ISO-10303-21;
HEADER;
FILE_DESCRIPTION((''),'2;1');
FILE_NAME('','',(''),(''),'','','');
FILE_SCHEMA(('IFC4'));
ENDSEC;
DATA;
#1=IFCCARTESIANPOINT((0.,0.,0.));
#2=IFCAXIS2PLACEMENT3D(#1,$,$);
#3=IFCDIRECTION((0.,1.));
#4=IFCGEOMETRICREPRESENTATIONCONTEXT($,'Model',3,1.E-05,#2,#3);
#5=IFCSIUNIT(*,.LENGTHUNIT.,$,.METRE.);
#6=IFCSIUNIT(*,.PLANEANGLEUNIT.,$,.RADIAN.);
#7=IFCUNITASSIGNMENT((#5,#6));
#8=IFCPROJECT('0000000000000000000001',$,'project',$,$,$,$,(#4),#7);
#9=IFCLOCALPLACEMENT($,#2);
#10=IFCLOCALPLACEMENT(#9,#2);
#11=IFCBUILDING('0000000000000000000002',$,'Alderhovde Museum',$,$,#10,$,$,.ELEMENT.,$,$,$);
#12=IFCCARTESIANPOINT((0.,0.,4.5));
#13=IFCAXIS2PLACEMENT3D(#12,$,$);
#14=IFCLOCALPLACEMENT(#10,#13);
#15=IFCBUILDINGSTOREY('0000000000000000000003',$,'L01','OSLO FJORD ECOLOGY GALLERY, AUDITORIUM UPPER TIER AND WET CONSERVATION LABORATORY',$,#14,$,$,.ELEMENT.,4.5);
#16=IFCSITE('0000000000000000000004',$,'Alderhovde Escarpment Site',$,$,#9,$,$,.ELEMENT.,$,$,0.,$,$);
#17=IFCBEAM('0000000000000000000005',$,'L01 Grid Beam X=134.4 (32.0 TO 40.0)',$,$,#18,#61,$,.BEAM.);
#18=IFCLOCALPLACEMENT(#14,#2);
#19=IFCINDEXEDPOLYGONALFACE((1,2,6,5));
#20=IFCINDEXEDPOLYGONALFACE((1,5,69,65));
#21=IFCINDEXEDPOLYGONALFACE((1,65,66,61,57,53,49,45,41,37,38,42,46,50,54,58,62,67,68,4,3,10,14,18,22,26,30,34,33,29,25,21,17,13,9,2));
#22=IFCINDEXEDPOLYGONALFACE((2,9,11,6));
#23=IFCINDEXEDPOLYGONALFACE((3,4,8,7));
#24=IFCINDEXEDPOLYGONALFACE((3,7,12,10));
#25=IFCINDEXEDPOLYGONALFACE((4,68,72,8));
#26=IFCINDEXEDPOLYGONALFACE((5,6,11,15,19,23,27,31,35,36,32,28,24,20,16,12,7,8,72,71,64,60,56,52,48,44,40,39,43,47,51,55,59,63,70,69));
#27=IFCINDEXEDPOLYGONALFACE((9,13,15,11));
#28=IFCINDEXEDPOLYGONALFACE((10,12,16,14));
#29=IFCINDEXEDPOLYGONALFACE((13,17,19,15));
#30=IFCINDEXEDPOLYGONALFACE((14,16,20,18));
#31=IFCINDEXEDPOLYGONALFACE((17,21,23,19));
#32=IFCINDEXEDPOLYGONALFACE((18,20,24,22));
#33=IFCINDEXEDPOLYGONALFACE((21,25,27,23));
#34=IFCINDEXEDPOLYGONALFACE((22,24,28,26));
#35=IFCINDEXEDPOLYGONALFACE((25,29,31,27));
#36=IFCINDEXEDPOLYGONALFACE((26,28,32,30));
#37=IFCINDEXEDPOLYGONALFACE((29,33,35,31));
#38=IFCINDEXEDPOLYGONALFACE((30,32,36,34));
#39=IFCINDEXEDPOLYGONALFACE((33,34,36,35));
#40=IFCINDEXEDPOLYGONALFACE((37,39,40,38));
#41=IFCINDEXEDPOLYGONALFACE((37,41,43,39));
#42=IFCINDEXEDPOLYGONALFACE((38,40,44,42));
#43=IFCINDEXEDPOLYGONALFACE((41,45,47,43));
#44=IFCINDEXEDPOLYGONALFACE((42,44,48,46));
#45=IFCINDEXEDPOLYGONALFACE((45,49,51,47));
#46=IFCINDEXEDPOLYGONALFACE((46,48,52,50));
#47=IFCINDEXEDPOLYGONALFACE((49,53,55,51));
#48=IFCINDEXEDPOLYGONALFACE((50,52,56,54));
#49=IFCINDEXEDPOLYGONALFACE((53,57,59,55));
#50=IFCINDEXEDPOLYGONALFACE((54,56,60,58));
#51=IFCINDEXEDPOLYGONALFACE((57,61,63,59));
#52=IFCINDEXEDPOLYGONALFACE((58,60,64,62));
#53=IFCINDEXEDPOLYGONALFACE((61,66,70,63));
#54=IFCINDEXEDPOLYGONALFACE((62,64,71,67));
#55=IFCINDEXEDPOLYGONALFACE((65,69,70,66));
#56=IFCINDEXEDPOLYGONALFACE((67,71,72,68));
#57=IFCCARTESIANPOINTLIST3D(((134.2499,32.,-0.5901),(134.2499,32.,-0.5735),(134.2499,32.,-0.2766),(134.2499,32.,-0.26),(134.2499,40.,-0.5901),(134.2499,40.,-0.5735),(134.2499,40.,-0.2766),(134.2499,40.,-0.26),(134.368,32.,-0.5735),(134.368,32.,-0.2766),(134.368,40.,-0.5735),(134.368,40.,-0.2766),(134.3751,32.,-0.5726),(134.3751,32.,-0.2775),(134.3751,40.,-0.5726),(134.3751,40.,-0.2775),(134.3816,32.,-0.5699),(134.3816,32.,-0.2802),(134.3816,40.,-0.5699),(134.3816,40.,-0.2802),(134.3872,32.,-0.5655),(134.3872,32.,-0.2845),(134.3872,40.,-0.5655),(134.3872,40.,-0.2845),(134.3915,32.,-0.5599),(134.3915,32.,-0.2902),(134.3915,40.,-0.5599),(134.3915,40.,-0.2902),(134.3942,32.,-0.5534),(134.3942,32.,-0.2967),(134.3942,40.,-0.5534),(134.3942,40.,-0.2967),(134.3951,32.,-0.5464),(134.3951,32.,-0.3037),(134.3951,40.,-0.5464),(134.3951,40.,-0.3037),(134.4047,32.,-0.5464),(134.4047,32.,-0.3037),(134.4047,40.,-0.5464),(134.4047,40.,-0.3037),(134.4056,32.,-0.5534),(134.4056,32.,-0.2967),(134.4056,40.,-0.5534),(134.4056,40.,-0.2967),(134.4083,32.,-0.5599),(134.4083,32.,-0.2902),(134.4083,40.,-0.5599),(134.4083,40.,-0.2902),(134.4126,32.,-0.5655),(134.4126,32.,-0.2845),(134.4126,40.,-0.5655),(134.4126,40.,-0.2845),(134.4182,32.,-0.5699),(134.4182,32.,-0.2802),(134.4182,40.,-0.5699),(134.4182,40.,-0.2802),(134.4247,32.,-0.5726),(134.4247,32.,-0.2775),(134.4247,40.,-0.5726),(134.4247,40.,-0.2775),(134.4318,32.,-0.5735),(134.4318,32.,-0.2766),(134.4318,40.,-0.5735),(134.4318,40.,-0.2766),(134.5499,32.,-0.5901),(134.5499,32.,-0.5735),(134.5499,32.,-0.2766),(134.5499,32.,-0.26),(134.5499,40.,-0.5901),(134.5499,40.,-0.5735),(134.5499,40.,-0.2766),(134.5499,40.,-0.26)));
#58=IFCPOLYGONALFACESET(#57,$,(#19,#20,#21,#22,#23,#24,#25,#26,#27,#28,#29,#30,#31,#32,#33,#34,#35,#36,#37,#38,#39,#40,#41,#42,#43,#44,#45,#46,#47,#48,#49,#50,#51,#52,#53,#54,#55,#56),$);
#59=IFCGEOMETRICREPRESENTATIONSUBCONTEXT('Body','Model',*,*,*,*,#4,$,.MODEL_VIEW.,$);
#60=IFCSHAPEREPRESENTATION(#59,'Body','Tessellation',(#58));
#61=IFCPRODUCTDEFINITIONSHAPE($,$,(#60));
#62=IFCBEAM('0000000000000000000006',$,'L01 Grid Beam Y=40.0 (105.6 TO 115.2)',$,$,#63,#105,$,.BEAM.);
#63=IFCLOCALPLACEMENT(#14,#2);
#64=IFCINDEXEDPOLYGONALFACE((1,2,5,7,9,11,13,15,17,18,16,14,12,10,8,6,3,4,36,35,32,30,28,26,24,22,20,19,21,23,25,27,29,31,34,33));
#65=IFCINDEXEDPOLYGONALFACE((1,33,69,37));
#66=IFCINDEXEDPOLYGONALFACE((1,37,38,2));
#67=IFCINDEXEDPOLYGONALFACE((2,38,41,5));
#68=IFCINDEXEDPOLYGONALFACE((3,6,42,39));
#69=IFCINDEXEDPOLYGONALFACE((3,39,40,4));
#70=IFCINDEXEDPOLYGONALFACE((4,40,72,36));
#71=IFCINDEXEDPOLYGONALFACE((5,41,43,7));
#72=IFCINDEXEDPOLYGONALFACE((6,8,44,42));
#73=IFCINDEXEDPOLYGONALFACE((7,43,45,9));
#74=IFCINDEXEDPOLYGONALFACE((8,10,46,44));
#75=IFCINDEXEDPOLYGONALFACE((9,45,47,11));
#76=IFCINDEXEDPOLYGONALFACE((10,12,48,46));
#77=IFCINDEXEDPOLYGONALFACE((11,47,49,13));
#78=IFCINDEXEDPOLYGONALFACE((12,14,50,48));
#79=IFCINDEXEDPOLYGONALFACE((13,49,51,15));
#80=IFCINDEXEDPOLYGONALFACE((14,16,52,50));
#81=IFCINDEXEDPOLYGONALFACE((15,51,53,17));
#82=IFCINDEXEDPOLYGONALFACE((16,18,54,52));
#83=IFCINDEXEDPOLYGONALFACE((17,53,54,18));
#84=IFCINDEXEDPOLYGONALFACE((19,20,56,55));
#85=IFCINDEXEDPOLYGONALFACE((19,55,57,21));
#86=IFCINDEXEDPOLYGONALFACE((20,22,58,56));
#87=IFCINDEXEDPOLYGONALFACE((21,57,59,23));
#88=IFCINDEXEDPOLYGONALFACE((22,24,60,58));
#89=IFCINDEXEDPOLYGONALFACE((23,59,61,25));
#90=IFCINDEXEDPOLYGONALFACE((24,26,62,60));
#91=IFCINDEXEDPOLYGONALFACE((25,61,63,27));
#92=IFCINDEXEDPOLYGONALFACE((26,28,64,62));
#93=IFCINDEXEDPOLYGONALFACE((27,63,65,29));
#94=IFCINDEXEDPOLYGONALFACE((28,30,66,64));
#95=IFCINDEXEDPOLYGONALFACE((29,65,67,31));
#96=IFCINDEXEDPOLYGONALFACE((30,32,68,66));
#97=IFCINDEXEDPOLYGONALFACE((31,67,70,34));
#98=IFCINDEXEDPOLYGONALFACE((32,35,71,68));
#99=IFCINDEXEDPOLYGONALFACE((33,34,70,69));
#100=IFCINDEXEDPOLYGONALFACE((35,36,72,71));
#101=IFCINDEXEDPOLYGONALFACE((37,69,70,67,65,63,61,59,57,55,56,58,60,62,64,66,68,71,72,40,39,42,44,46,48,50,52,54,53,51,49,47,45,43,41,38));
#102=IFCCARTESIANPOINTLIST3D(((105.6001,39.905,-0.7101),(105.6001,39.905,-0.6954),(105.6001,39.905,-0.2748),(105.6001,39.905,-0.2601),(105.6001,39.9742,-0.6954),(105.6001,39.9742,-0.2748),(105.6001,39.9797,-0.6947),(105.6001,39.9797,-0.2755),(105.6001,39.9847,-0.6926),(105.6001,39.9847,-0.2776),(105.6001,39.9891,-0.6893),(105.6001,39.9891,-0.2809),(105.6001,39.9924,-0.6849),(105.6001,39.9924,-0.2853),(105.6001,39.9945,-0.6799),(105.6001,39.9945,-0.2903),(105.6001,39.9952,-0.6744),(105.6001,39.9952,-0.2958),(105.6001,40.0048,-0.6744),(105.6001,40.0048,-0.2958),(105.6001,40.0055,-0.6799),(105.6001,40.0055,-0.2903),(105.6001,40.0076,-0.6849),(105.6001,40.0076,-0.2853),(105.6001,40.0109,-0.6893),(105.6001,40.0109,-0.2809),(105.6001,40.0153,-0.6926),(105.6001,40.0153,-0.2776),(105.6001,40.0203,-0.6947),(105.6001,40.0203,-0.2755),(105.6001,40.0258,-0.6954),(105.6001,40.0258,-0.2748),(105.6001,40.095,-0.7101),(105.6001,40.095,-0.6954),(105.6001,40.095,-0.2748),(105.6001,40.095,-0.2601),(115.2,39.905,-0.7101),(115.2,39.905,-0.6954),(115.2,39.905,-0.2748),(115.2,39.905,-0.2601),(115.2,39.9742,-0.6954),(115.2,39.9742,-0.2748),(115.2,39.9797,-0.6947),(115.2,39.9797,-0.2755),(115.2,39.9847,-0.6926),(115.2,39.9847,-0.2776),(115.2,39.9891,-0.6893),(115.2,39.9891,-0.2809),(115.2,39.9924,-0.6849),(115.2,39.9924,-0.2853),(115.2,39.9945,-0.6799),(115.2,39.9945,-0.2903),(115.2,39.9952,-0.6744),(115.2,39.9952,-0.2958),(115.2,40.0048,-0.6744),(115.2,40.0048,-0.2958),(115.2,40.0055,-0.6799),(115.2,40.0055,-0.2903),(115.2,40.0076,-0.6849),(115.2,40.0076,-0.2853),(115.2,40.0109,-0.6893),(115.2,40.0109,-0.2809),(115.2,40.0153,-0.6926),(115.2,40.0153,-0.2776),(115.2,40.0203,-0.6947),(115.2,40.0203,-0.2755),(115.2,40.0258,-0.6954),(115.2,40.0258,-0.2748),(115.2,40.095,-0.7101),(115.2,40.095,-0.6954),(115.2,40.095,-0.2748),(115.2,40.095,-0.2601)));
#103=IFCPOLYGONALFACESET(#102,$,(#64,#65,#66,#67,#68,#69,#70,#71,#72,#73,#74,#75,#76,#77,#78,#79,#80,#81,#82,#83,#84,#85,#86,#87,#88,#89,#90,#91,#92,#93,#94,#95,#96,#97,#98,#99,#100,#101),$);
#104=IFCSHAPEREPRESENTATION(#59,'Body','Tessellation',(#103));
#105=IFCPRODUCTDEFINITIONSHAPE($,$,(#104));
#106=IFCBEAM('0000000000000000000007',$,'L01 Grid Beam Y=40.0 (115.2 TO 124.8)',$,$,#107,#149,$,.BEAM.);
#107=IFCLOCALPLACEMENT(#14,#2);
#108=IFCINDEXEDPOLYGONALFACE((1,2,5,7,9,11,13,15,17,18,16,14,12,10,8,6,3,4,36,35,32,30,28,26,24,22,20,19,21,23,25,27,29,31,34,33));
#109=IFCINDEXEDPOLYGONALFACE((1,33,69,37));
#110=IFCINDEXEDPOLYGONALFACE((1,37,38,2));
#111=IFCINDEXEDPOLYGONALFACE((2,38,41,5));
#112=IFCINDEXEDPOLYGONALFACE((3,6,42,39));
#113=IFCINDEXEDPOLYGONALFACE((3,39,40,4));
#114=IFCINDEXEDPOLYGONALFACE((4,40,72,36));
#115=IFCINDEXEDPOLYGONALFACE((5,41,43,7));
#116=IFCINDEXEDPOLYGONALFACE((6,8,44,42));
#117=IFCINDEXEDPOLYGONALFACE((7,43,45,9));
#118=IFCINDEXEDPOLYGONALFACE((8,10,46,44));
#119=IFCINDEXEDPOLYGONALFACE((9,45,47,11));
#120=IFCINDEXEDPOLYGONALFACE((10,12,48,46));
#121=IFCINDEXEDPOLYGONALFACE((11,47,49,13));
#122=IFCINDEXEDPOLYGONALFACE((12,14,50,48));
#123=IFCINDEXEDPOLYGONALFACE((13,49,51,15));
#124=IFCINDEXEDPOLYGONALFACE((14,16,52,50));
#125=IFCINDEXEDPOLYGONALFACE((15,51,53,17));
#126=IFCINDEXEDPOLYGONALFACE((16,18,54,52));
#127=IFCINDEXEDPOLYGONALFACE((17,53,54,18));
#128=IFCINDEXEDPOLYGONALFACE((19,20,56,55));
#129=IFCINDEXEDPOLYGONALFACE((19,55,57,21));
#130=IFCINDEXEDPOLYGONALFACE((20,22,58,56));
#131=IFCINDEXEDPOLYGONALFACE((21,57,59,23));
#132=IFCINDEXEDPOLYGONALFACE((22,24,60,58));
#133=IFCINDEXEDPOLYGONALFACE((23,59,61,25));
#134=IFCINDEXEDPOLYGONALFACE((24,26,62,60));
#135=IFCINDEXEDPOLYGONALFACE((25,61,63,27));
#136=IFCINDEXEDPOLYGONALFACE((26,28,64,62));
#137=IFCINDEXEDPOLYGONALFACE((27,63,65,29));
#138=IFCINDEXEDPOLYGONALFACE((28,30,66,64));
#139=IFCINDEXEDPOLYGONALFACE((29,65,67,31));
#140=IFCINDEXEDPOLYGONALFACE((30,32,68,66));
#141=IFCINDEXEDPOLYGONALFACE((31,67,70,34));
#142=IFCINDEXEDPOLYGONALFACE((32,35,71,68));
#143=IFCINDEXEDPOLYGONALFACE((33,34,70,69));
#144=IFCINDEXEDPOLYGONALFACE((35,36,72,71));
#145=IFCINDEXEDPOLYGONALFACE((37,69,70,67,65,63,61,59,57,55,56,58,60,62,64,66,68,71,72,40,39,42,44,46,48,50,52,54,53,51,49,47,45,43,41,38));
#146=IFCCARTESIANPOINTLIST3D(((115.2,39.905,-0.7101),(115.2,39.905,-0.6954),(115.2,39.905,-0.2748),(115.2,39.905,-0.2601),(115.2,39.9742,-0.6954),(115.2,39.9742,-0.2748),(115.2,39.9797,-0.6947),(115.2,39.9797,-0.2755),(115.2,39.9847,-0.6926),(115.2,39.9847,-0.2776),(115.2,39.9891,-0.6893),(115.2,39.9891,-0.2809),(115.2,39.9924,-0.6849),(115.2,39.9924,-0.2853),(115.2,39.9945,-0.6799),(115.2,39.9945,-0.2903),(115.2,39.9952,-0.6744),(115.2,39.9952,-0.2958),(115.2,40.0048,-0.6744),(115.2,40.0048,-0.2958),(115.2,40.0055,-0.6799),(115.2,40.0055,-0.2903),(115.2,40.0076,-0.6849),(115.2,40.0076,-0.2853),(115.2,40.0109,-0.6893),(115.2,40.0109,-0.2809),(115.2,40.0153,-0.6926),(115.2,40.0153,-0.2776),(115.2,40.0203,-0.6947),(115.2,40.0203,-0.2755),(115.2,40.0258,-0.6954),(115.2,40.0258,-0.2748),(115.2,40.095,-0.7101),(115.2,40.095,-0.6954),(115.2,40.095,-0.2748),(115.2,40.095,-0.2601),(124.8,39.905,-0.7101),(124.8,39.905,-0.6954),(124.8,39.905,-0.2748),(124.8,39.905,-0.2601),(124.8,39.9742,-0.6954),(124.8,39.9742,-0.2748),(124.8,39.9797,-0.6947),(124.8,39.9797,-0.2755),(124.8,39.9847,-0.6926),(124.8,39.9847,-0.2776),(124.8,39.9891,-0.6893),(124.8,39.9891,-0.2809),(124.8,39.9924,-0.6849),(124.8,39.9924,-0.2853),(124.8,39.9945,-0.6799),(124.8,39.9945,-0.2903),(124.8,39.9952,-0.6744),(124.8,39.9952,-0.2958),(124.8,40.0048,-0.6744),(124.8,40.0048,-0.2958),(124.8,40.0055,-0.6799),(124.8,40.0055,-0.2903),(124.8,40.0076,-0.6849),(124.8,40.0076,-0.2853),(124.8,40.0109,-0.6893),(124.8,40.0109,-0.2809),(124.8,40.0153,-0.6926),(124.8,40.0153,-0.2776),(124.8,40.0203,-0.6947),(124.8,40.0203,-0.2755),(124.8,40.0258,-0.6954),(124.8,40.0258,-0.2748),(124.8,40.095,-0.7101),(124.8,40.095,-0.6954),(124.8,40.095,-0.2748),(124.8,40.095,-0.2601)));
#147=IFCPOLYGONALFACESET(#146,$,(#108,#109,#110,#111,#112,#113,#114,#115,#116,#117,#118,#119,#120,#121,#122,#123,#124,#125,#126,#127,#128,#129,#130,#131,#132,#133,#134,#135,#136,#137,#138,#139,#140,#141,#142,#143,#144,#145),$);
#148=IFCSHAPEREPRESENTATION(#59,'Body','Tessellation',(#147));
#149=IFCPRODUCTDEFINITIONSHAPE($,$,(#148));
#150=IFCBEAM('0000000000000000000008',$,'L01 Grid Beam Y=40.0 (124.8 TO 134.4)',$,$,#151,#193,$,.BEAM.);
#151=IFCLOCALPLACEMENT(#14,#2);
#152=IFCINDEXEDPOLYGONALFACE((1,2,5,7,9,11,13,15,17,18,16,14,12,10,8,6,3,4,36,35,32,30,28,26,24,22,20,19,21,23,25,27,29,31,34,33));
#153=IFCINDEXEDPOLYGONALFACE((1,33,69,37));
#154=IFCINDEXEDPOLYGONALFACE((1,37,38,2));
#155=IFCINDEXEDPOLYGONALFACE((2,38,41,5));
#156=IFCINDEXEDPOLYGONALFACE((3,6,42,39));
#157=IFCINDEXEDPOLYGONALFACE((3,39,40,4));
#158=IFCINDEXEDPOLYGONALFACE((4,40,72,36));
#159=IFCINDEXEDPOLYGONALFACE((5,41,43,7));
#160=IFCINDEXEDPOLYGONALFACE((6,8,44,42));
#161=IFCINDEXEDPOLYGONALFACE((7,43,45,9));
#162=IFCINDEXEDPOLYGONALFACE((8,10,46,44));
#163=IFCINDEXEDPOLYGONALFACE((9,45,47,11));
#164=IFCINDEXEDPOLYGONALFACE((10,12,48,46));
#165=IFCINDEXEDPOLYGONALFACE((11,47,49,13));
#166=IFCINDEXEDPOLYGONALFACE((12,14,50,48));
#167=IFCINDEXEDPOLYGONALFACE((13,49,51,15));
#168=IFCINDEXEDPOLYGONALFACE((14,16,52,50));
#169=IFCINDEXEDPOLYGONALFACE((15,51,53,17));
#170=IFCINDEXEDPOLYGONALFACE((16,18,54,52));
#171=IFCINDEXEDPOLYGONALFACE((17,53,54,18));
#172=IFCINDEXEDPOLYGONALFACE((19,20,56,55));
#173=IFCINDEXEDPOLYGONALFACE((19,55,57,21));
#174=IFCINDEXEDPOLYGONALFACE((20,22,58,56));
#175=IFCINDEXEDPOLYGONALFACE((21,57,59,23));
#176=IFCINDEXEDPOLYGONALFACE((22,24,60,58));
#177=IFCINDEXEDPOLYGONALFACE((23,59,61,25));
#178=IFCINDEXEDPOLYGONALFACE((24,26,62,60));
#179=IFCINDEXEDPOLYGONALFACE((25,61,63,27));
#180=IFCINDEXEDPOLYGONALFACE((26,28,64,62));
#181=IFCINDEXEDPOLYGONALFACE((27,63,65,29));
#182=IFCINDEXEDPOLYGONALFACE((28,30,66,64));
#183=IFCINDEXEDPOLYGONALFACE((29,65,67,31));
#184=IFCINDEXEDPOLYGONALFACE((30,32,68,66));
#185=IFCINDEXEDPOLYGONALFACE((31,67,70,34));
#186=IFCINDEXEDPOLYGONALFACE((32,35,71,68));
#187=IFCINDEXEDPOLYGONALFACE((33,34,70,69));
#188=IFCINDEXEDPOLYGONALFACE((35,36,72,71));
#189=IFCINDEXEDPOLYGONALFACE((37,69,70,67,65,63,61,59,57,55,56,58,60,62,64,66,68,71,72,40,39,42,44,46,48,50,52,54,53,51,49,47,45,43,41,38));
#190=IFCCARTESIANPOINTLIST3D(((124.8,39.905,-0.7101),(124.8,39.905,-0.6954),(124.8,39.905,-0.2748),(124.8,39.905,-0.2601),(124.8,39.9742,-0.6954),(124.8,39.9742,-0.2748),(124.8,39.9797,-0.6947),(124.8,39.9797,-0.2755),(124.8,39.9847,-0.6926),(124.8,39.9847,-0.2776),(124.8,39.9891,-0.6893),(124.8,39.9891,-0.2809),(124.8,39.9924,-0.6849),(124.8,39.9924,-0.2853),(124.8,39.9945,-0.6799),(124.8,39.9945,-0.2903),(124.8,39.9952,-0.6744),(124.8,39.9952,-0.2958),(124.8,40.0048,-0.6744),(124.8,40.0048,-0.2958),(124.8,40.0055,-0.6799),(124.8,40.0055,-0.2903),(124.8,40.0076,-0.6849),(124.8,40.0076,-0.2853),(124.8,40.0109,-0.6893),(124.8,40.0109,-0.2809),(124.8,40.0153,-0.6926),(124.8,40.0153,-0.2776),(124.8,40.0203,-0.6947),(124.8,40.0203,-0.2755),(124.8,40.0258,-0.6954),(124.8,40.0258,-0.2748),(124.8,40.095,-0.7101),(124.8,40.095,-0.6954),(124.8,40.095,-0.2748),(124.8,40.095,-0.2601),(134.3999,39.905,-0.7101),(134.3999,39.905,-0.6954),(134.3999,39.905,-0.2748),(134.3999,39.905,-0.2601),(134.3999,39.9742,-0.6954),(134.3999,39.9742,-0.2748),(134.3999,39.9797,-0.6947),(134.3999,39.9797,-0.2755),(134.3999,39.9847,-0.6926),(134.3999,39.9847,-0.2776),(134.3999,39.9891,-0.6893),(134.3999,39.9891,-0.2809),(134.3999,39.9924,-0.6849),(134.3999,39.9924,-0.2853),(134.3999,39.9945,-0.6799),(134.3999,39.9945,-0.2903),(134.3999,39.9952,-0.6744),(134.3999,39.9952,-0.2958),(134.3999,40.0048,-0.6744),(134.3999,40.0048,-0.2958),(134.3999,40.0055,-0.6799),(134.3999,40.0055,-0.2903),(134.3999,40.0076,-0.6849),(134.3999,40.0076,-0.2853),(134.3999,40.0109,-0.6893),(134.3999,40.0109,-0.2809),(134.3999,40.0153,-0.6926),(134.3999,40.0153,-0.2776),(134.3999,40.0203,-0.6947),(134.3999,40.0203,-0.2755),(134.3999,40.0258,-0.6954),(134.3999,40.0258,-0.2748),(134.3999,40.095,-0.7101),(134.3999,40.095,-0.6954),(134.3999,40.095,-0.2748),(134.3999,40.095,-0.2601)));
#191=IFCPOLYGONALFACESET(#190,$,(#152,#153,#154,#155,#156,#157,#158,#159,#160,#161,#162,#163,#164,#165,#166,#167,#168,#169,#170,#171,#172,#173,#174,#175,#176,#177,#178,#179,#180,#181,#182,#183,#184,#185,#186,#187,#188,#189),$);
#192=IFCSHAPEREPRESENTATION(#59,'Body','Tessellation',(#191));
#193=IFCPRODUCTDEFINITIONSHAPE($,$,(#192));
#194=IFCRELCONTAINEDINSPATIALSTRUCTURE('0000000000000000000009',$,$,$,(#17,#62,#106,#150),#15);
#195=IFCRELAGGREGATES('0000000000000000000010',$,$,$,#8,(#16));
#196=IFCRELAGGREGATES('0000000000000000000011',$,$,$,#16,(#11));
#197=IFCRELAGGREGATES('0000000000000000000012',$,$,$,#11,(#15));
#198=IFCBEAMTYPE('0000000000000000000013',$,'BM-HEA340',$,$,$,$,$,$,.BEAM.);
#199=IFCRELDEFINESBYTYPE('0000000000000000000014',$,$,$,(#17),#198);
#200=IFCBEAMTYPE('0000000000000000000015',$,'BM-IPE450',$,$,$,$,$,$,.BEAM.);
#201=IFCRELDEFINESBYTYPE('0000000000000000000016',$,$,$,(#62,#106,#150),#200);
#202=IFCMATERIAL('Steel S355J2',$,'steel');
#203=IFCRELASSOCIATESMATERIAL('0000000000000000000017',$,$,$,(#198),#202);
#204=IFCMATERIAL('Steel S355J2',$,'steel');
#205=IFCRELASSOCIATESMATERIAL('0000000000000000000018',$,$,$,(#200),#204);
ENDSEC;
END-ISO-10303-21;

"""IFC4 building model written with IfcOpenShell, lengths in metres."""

from ifc_helpers import new_model, si_unit, direction, frame, origin, origin_2d, place, context, subcontext, project, spatial, i_section, extrude, material, material_profile, profile_set, type_object, element, save


model = new_model("IFC4")

# Units and contexts
model_context = context("Model", 3, precision=1e-05, world=origin(), true_north=direction((0.0, 1.0)))
body_context = subcontext(model_context, "Body", "Model", "MODEL_VIEW")
ifc_project = project(units=[si_unit("LENGTHUNIT", "METRE"), si_unit("PLANEANGLEUNIT", "RADIAN")], contexts=[model_context])

# Site, building, storey
site_placement = place(None, origin())
site = spatial("IfcSite", under=ifc_project, at=site_placement, Name="Alderhovde Escarpment Site", CompositionType="ELEMENT", RefElevation=0.0)
building_placement = place(site_placement, origin())
building = spatial("IfcBuilding", under=site, at=building_placement, Name="Alderhovde Museum", CompositionType="ELEMENT")
storey_placement = place(building_placement, frame((0.0, 0.0, 4.5)))
storey = spatial("IfcBuildingStorey", under=building, at=storey_placement, Name="L01", Description="OSLO FJORD ECOLOGY GALLERY, AUDITORIUM UPPER TIER AND WET CONSERVATION LABORATORY", CompositionType="ELEMENT", Elevation=4.5)

# Beams
ifc_material_1 = material(Name="Steel S355J2", Category="steel")
ifc_material_profile_1 = material_profile(ifc_material_1, i_section(OverallWidth=0.3, OverallDepth=0.3301, WebThickness=0.0095, FlangeThickness=0.0166, FilletRadius=0.0271, at=origin_2d()), Name="HEA 340")
ifc_profile_set_1 = profile_set([ifc_material_profile_1], Name="Steel S355J2")
beam_type_1 = type_object("IfcBeamType", Name="BM-HEA340", PredefinedType="BEAM", material=ifc_profile_set_1)
for number, where, z_axis, x_axis, name in (
    (1, (134.3999, 32.0, -0.425), (0.0, 1.0, 0.0), (-1.0, 0.0, 0.0), "L01 Grid Beam X=134.4 (32.0 TO 40.0)"),
):
    element("IfcBeam", number, at=place(storey_placement, frame(where, z_axis=z_axis, x_axis=x_axis)), inside=storey, type_object=beam_type_1, Name=name, PredefinedType="BEAM", context=body_context, shape_type="SweptSolid", body=[
        extrude(i_section(OverallWidth=0.3, OverallDepth=0.3301, WebThickness=0.0095, FlangeThickness=0.0166, FilletRadius=0.0271, at=origin_2d()), origin(), (0.0, 0.0, 1.0), 8.0),
    ])
ifc_material_2 = material(Name="Steel S355J2", Category="steel")
ifc_material_profile_2 = material_profile(ifc_material_2, i_section(OverallWidth=0.1899, OverallDepth=0.45, WebThickness=0.0095, FlangeThickness=0.0146, FilletRadius=0.021, at=origin_2d()), Name="IPE 450")
ifc_profile_set_2 = profile_set([ifc_material_profile_2], Name="Steel S355J2")
beam_type_2 = type_object("IfcBeamType", Name="BM-IPE450", PredefinedType="BEAM", material=ifc_profile_set_2)
beam_1_placement = place(storey_placement, frame((105.6001, 40.0, -0.4851), z_axis=(1.0, 0.0, 0.0), x_axis=(0.0, 1.0, 0.0)))
element("IfcBeam", 2, at=beam_1_placement, inside=storey, type_object=beam_type_2, Name="L01 Grid Beam Y=40.0 (105.6 TO 115.2)", PredefinedType="BEAM", context=body_context, shape_type="SweptSolid", body=[
    extrude(i_section(OverallWidth=0.1899, OverallDepth=0.45, WebThickness=0.0095, FlangeThickness=0.0146, FilletRadius=0.021, at=origin_2d()), origin(), (0.0, 0.0, 1.0), 9.5999),
])
beam_2_placement = place(storey_placement, frame((115.2, 40.0, -0.4851), z_axis=(1.0, 0.0, 0.0), x_axis=(0.0, 1.0, 0.0)))
element("IfcBeam", 3, at=beam_2_placement, inside=storey, type_object=beam_type_2, Name="L01 Grid Beam Y=40.0 (115.2 TO 124.8)", PredefinedType="BEAM", context=body_context, shape_type="SweptSolid", body=[
    extrude(i_section(OverallWidth=0.1899, OverallDepth=0.45, WebThickness=0.0095, FlangeThickness=0.0146, FilletRadius=0.021, at=origin_2d()), origin(), (0.0, 0.0, 1.0), 9.6001),
])
beam_3_placement = place(storey_placement, frame((124.8, 40.0, -0.4851), z_axis=(1.0, 0.0, 0.0), x_axis=(0.0, 1.0, 0.0)))
element("IfcBeam", 4, at=beam_3_placement, inside=storey, type_object=beam_type_2, Name="L01 Grid Beam Y=40.0 (124.8 TO 134.4)", PredefinedType="BEAM", context=body_context, shape_type="SweptSolid", body=[
    extrude(i_section(OverallWidth=0.1899, OverallDepth=0.45, WebThickness=0.0095, FlangeThickness=0.0146, FilletRadius=0.021, at=origin_2d()), origin(), (0.0, 0.0, 1.0), 9.5999),
])

save(model, "model.ifc")
